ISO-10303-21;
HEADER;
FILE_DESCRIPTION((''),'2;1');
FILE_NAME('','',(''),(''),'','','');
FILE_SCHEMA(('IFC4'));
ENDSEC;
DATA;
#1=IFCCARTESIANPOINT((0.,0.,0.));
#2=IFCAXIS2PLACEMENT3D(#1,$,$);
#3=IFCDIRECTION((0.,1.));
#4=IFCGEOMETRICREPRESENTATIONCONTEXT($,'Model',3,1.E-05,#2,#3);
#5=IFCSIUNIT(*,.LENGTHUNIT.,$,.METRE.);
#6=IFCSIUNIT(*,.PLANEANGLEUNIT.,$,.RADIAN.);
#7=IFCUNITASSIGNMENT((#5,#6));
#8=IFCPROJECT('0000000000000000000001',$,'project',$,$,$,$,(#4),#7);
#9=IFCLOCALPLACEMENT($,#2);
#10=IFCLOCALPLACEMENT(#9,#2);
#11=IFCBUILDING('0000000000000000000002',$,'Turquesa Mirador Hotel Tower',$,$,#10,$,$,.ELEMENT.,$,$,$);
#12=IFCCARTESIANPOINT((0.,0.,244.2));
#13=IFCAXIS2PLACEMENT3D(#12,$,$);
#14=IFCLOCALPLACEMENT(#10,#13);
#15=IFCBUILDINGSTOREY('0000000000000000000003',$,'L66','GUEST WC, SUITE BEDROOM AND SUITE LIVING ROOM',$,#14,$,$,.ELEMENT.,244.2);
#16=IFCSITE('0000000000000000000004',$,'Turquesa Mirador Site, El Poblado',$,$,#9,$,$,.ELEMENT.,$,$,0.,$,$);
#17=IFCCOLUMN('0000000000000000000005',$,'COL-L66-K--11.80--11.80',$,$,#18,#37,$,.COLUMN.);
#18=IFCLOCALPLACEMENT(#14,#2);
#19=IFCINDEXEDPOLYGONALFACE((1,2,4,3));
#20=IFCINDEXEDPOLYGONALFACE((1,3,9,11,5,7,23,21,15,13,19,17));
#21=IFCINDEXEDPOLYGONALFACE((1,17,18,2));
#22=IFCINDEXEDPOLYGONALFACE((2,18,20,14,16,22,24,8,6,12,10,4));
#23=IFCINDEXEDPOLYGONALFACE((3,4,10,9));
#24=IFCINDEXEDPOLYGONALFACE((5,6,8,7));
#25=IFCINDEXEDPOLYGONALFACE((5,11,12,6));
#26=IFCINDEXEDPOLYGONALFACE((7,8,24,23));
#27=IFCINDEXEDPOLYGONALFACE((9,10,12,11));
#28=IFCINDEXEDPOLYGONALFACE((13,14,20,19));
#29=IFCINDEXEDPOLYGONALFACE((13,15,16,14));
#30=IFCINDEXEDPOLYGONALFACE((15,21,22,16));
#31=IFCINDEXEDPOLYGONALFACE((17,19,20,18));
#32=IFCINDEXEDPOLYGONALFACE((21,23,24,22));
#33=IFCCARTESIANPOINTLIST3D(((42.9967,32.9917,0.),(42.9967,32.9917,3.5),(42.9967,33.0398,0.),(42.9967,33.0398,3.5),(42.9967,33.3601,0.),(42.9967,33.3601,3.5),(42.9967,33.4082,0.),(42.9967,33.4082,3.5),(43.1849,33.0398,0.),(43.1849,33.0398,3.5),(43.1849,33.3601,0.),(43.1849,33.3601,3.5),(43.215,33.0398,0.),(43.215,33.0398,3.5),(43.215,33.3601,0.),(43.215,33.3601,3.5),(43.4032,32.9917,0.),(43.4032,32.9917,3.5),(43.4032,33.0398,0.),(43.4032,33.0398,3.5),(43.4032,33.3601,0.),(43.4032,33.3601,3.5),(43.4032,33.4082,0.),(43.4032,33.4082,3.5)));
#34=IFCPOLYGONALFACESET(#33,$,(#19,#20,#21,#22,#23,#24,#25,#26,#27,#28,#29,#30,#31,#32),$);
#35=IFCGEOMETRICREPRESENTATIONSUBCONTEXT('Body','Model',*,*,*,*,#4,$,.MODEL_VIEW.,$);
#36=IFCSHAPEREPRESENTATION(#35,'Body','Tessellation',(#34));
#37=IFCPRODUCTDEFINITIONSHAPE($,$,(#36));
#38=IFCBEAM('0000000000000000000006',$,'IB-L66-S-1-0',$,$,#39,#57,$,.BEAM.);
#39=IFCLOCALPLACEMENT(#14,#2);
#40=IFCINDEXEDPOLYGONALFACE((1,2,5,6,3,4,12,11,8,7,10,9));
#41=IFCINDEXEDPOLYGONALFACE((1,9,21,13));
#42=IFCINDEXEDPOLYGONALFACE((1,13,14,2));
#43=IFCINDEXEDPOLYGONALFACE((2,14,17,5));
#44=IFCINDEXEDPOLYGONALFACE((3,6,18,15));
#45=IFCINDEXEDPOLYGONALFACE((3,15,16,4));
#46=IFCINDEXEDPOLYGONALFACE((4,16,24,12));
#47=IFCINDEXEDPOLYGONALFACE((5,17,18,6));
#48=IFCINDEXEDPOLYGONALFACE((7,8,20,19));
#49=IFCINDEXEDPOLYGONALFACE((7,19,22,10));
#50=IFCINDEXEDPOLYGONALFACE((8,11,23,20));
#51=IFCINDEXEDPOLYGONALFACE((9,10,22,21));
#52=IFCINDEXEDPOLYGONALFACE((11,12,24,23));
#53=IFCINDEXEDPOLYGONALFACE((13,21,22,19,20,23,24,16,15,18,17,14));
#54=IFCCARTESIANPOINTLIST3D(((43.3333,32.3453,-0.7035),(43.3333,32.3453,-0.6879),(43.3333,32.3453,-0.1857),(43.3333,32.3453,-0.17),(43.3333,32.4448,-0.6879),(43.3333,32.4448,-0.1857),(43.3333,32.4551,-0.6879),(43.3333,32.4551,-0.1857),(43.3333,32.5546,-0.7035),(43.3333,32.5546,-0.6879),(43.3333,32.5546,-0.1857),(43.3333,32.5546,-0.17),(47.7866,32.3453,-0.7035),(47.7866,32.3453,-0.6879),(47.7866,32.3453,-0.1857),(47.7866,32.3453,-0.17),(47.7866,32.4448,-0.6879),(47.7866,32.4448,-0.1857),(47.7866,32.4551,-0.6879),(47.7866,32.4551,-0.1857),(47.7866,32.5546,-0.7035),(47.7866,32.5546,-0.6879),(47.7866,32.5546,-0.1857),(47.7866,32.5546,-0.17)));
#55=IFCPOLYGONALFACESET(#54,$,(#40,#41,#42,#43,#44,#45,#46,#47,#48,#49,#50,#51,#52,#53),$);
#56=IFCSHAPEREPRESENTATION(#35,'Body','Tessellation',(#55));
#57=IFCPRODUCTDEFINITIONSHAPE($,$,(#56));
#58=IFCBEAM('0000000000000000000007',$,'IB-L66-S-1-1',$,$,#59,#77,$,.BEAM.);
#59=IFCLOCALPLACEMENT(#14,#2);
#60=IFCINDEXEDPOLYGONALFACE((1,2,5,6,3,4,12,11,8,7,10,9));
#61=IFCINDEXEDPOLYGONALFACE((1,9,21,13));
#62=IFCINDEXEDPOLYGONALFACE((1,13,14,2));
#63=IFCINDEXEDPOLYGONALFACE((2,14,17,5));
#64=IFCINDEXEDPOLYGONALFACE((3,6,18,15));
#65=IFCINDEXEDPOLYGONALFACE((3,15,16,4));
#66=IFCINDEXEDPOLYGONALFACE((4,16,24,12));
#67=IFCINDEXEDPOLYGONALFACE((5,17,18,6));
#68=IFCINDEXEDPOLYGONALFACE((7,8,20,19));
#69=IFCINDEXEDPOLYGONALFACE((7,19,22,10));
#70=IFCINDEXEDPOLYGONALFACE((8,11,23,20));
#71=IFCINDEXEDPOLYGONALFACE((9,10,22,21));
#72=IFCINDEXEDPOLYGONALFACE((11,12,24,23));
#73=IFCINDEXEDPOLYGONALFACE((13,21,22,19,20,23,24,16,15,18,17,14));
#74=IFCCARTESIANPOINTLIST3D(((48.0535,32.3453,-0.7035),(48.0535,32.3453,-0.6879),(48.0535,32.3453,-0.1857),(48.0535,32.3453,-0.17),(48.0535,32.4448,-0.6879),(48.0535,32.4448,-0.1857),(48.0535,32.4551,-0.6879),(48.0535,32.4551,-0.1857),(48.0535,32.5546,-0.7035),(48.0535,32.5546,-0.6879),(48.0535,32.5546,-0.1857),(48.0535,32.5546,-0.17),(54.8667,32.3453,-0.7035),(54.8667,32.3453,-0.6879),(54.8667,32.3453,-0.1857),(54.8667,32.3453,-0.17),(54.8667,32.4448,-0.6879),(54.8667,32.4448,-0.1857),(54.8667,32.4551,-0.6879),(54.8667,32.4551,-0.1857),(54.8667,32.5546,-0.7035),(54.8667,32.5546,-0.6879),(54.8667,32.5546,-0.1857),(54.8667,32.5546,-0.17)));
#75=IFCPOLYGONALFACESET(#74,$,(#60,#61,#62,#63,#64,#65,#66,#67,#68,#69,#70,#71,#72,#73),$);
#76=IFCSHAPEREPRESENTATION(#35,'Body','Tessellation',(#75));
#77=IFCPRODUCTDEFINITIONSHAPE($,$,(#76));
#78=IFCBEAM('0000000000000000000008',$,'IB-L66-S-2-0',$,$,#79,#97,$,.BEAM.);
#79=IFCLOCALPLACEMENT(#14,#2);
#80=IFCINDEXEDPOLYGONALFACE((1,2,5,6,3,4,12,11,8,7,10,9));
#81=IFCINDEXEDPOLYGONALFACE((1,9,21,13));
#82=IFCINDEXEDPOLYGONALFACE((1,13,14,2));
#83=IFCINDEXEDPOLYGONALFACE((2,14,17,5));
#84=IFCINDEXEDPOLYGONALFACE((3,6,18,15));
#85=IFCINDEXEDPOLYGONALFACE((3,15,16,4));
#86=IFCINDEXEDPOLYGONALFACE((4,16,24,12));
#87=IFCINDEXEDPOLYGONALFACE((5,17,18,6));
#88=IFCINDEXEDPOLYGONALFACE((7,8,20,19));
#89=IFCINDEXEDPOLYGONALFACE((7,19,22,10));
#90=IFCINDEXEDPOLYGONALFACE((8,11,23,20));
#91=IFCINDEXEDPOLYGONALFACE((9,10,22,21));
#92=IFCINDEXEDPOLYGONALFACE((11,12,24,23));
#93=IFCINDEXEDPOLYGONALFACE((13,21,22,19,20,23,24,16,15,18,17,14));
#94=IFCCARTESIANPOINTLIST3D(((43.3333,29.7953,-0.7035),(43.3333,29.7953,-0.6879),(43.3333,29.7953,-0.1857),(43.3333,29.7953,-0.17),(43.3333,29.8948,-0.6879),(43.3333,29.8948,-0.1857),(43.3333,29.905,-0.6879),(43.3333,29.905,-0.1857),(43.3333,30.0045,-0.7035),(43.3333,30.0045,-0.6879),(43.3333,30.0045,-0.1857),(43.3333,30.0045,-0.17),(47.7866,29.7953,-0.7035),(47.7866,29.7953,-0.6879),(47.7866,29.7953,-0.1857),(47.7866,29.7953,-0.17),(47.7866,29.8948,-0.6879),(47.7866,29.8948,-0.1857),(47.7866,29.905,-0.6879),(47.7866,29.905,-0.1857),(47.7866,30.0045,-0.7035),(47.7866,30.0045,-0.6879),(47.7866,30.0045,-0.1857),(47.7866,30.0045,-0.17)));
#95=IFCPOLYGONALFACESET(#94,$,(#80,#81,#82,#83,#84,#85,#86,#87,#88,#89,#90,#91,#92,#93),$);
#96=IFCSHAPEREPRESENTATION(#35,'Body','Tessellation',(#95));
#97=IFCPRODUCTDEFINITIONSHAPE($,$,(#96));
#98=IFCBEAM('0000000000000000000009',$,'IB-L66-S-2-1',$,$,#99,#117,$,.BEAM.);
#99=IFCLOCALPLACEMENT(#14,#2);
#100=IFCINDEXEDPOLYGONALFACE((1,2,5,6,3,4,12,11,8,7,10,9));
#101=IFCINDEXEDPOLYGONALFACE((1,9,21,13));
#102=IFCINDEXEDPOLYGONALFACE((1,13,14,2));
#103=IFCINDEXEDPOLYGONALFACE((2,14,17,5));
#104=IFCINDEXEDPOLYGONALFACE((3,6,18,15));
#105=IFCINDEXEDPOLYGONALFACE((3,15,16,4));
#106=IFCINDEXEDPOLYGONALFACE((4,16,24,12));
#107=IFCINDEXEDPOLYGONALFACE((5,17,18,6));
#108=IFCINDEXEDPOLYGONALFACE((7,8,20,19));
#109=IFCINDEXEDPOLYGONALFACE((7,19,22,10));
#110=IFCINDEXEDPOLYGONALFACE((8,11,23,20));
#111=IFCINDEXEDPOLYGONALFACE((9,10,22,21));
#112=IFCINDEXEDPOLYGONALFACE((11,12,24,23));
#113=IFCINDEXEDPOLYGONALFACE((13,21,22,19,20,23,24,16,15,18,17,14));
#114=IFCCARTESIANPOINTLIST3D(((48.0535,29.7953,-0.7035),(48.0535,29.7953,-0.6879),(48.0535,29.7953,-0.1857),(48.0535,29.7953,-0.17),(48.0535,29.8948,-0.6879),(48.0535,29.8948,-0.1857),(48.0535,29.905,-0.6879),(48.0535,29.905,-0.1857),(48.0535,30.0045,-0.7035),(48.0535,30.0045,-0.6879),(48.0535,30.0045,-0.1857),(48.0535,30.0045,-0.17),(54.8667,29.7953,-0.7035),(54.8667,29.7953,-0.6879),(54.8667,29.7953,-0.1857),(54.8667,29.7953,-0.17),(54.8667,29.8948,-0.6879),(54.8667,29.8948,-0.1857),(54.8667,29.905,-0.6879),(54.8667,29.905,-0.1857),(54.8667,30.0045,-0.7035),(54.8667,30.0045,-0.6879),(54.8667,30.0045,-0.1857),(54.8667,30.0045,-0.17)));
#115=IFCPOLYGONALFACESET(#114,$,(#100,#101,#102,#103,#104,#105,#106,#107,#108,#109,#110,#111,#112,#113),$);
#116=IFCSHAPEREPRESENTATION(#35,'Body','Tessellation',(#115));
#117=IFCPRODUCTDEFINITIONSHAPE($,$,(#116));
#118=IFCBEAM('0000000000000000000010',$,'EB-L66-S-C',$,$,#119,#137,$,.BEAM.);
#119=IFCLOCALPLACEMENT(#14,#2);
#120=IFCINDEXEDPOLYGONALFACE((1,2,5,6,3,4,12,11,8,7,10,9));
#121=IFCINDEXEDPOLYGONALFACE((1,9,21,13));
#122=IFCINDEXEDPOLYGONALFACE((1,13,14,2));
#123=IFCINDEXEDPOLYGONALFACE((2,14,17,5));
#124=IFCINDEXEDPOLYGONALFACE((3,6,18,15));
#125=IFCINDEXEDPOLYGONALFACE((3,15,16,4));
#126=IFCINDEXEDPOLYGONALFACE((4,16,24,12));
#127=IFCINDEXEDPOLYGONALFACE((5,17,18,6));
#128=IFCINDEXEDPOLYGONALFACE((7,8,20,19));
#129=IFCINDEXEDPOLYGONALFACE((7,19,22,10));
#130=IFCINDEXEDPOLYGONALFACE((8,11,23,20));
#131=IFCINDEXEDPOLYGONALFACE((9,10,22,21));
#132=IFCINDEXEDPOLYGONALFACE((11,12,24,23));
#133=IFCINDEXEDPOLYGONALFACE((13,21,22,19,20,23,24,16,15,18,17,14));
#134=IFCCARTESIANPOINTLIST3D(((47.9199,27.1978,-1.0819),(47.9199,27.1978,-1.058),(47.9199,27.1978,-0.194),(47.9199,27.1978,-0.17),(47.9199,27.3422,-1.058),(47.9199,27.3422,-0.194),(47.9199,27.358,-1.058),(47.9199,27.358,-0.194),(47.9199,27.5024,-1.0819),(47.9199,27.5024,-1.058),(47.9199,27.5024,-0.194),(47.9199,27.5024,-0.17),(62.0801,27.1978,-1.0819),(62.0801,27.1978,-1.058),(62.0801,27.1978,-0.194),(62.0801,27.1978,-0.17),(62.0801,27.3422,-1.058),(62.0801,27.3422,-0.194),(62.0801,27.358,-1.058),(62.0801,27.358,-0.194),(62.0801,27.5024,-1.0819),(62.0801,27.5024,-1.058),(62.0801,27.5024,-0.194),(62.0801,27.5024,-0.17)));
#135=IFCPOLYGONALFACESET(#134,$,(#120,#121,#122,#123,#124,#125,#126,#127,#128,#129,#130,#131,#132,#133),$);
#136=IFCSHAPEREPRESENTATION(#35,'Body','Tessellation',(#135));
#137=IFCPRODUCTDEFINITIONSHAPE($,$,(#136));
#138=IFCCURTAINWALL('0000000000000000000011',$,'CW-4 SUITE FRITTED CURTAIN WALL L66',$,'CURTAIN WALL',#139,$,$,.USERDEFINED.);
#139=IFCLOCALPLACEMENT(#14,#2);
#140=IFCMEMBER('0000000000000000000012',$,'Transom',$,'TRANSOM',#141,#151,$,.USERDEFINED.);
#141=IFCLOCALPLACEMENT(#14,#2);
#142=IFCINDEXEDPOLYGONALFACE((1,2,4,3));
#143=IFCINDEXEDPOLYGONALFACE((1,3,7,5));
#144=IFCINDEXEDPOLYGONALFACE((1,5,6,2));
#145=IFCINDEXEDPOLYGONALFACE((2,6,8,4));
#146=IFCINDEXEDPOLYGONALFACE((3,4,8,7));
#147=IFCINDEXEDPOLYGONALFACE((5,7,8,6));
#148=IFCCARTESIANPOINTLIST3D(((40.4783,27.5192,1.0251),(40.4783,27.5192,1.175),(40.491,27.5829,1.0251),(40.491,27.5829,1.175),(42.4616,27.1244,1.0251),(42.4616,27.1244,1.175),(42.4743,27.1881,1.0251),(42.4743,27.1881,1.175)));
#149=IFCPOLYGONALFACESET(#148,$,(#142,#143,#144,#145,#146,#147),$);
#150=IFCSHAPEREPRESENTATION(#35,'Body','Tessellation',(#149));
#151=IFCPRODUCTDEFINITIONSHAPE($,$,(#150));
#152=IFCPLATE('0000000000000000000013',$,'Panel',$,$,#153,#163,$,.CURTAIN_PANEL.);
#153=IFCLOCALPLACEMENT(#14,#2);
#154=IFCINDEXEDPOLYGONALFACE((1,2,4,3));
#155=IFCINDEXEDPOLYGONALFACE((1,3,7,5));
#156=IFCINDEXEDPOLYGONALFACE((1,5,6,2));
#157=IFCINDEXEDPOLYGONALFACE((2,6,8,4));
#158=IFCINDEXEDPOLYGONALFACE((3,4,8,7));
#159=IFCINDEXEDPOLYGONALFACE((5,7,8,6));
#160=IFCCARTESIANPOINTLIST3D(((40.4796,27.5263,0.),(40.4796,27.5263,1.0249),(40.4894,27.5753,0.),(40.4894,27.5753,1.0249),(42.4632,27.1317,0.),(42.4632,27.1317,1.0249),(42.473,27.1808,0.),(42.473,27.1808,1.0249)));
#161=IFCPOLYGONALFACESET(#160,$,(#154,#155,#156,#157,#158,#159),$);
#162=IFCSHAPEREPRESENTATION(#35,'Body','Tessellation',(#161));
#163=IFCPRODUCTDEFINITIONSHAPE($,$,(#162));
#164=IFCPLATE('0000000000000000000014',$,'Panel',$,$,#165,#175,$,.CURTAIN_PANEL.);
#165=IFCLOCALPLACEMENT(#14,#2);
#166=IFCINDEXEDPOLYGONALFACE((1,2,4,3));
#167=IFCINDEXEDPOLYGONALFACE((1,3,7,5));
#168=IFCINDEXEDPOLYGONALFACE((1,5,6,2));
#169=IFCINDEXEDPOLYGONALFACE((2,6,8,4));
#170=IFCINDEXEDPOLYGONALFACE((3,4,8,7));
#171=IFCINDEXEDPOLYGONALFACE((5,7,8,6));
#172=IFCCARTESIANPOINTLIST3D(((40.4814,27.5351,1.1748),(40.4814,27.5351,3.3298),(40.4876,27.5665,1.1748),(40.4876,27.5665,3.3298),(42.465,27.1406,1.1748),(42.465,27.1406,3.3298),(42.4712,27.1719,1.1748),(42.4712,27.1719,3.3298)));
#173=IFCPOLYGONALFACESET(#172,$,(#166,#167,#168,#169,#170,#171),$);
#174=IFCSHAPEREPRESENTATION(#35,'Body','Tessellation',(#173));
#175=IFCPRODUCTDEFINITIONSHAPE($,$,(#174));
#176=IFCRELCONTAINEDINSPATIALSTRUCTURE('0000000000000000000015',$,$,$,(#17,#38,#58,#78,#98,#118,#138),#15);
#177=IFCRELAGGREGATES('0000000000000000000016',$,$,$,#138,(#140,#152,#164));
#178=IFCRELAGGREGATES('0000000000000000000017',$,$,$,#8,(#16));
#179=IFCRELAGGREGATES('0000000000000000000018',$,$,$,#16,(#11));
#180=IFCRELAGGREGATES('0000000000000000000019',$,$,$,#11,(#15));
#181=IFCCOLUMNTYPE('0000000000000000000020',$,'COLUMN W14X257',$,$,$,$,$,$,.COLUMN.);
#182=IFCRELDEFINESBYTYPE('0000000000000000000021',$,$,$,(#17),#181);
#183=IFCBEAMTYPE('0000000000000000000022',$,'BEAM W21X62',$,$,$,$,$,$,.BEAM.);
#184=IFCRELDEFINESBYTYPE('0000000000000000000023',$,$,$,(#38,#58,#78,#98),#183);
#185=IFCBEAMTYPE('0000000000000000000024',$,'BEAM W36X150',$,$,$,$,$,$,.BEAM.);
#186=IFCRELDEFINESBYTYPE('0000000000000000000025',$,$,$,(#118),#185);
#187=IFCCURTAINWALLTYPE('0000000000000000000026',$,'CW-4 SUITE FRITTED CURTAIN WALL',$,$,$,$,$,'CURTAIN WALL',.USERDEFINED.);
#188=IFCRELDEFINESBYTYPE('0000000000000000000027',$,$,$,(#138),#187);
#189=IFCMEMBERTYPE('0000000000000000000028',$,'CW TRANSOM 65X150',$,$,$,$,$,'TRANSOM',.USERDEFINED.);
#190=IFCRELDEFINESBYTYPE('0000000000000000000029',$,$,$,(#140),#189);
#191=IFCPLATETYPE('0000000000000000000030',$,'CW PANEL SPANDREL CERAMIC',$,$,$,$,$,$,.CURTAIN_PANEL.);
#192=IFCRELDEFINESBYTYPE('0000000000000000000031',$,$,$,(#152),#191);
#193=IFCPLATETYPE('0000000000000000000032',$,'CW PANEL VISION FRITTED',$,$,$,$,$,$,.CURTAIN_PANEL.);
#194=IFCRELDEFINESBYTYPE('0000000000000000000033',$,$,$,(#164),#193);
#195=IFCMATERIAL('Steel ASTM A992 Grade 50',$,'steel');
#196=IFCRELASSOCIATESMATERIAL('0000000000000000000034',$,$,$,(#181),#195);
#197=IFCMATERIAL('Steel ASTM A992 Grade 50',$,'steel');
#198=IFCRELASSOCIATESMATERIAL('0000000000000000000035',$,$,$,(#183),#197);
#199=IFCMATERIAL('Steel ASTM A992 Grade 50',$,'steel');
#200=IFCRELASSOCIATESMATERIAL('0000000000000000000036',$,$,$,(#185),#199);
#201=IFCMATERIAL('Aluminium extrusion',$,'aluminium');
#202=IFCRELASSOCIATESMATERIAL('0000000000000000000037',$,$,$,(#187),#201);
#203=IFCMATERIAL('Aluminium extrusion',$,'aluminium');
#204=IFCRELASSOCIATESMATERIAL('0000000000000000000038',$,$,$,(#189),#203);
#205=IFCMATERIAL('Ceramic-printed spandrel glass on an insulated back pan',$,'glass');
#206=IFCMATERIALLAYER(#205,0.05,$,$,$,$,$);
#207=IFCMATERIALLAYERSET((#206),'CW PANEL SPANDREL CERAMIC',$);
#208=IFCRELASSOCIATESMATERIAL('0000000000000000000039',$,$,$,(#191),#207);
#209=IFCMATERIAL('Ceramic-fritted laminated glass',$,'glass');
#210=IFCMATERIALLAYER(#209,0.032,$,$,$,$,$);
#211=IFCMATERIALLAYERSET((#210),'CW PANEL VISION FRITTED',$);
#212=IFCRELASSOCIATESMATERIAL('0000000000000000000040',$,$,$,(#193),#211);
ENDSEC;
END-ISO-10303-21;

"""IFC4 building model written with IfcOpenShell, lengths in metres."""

from ifc_helpers import new_model, si_unit, direction, frame, origin, origin_2d, place, context, subcontext, project, spatial, rectangle, i_section, extrude, material, layer, layer_set, material_profile, profile_set, type_object, element, aggregate, save


model = new_model("IFC4")

# Units and contexts
model_context = context("Model", 3, precision=1e-05, world=origin(), true_north=direction((0.0, 1.0)))
body_context = subcontext(model_context, "Body", "Model", "MODEL_VIEW")
ifc_project = project(units=[si_unit("LENGTHUNIT", "METRE"), si_unit("PLANEANGLEUNIT", "RADIAN")], contexts=[model_context])

# Site, building, storey
site_placement = place(None, origin())
site = spatial("IfcSite", under=ifc_project, at=site_placement, Name="Turquesa Mirador Site, El Poblado", CompositionType="ELEMENT", RefElevation=0.0)
building_placement = place(site_placement, origin())
building = spatial("IfcBuilding", under=site, at=building_placement, Name="Turquesa Mirador Hotel Tower", CompositionType="ELEMENT")
storey_placement = place(building_placement, frame((0.0, 0.0, 244.2)))
storey = spatial("IfcBuildingStorey", under=building, at=storey_placement, Name="L66", Description="GUEST WC, SUITE BEDROOM AND SUITE LIVING ROOM", CompositionType="ELEMENT", Elevation=244.2)

# Column
ifc_material_1 = material(Name="Steel ASTM A992 Grade 50", Category="steel")
ifc_material_profile_1 = material_profile(ifc_material_1, i_section(OverallWidth=0.4065, OverallDepth=0.4165, WebThickness=0.03, FlangeThickness=0.0481, at=origin_2d()), Name="W14X257")
ifc_profile_set_1 = profile_set([ifc_material_profile_1], Name="Steel ASTM A992 Grade 50")
column_type = type_object("IfcColumnType", Name="COLUMN W14X257", PredefinedType="COLUMN", material=ifc_profile_set_1)
column_placement = place(storey_placement, frame((43.2, 33.2, 0.0), z_axis=(0.0, 0.0, 1.0), x_axis=(1.0, 0.0, 0.0)))
element("IfcColumn", 1, at=column_placement, inside=storey, type_object=column_type, Name="COL-L66-K--11.80--11.80", PredefinedType="COLUMN", context=body_context, shape_type="SweptSolid", body=[
    extrude(i_section(OverallWidth=0.4065, OverallDepth=0.4165, WebThickness=0.03, FlangeThickness=0.0481, at=origin_2d()), origin(), (0.0, 0.0, 1.0), 3.5),
])

# Beams
ifc_material_2 = material(Name="Steel ASTM A992 Grade 50", Category="steel")
ifc_material_profile_2 = material_profile(ifc_material_2, i_section(OverallWidth=0.2092, OverallDepth=0.5334, WebThickness=0.0103, FlangeThickness=0.0156, at=origin_2d()), Name="W21X62")
ifc_profile_set_2 = profile_set([ifc_material_profile_2], Name="Steel ASTM A992 Grade 50")
beam_type_1 = type_object("IfcBeamType", Name="BEAM W21X62", PredefinedType="BEAM", material=ifc_profile_set_2)
beam_1_placement = place(storey_placement, frame((43.3333, 32.45, -0.4368), z_axis=(1.0, 0.0, 0.0), x_axis=(0.0, 1.0, 0.0)))
element("IfcBeam", 2, at=beam_1_placement, inside=storey, type_object=beam_type_1, Name="IB-L66-S-1-0", PredefinedType="BEAM", context=body_context, shape_type="SweptSolid", body=[
    extrude(i_section(OverallWidth=0.2092, OverallDepth=0.5334, WebThickness=0.0103, FlangeThickness=0.0156, at=origin_2d()), origin(), (0.0, 0.0, 1.0), 4.4534),
])
beam_2_placement = place(storey_placement, frame((48.0535, 32.45, -0.4368), z_axis=(1.0, 0.0, 0.0), x_axis=(0.0, 1.0, 0.0)))
element("IfcBeam", 3, at=beam_2_placement, inside=storey, type_object=beam_type_1, Name="IB-L66-S-1-1", PredefinedType="BEAM", context=body_context, shape_type="SweptSolid", body=[
    extrude(i_section(OverallWidth=0.2092, OverallDepth=0.5334, WebThickness=0.0103, FlangeThickness=0.0156, at=origin_2d()), origin(), (0.0, 0.0, 1.0), 6.8132),
])
beam_3_placement = place(storey_placement, frame((43.3333, 29.8999, -0.4368), z_axis=(1.0, 0.0, 0.0), x_axis=(0.0, 1.0, 0.0)))
element("IfcBeam", 4, at=beam_3_placement, inside=storey, type_object=beam_type_1, Name="IB-L66-S-2-0", PredefinedType="BEAM", context=body_context, shape_type="SweptSolid", body=[
    extrude(i_section(OverallWidth=0.2092, OverallDepth=0.5334, WebThickness=0.0103, FlangeThickness=0.0156, at=origin_2d()), origin(), (0.0, 0.0, 1.0), 4.4534),
])
beam_4_placement = place(storey_placement, frame((48.0535, 29.8999, -0.4368), z_axis=(1.0, 0.0, 0.0), x_axis=(0.0, 1.0, 0.0)))
element("IfcBeam", 5, at=beam_4_placement, inside=storey, type_object=beam_type_1, Name="IB-L66-S-2-1", PredefinedType="BEAM", context=body_context, shape_type="SweptSolid", body=[
    extrude(i_section(OverallWidth=0.2092, OverallDepth=0.5334, WebThickness=0.0103, FlangeThickness=0.0156, at=origin_2d()), origin(), (0.0, 0.0, 1.0), 6.8132),
])
ifc_material_3 = material(Name="Steel ASTM A992 Grade 50", Category="steel")
ifc_material_profile_3 = material_profile(ifc_material_3, i_section(OverallWidth=0.3047, OverallDepth=0.9119, WebThickness=0.0159, FlangeThickness=0.0239, at=origin_2d()), Name="W36X150")
ifc_profile_set_3 = profile_set([ifc_material_profile_3], Name="Steel ASTM A992 Grade 50")
beam_type_2 = type_object("IfcBeamType", Name="BEAM W36X150", PredefinedType="BEAM", material=ifc_profile_set_3)
beam_5_placement = place(storey_placement, frame((47.9199, 27.3501, -0.626), z_axis=(1.0, 0.0, 0.0), x_axis=(0.0, 1.0, 0.0)))
element("IfcBeam", 6, at=beam_5_placement, inside=storey, type_object=beam_type_2, Name="EB-L66-S-C", PredefinedType="BEAM", context=body_context, shape_type="SweptSolid", body=[
    extrude(i_section(OverallWidth=0.3047, OverallDepth=0.9119, WebThickness=0.0159, FlangeThickness=0.0239, at=origin_2d()), origin(), (0.0, 0.0, 1.0), 14.1602),
])

# Curtain wall, member, plates
ifc_material_4 = material(Name="Aluminium extrusion", Category="aluminium")
curtain_wall_type = type_object("IfcCurtainWallType", Name="CW-4 SUITE FRITTED CURTAIN WALL", ElementType="CURTAIN WALL", PredefinedType="USERDEFINED", material=ifc_material_4)
curtain_wall_placement = place(storey_placement, origin())
curtain_wall = element("IfcCurtainWall", 7, at=curtain_wall_placement, inside=storey, type_object=curtain_wall_type, Name="CW-4 SUITE FRITTED CURTAIN WALL L66", ObjectType="CURTAIN WALL", PredefinedType="USERDEFINED")
ifc_material_5 = material(Name="Aluminium extrusion", Category="aluminium")
ifc_material_profile_4 = material_profile(ifc_material_5, rectangle(XDim=0.0649, YDim=0.1499, at=origin_2d()), Name="TRANSOM 65X150")
ifc_profile_set_4 = profile_set([ifc_material_profile_4], Name="Aluminium extrusion")
member_type = type_object("IfcMemberType", Name="CW TRANSOM 65X150", ElementType="TRANSOM", PredefinedType="USERDEFINED", material=ifc_profile_set_4)
member_placement = place(storey_placement, frame((40.4846, 27.551, 1.1001), z_axis=(0.980761, -0.195211, 0.0), x_axis=(0.195211, 0.980761, 0.0)))
member = element("IfcMember", 8, at=member_placement, type_object=member_type, Name="Transom", ObjectType="TRANSOM", PredefinedType="USERDEFINED", context=body_context, shape_type="SweptSolid", body=[
    extrude(rectangle(XDim=0.0649, YDim=0.1499, at=origin_2d()), origin(), (0.0, 0.0, 1.0), 2.0222),
])
ifc_material_6 = material(Name="Ceramic-printed spandrel glass on an insulated back pan", Category="glass")
ifc_layer_1 = layer(ifc_material_6, 0.05)
ifc_layer_set_1 = layer_set([ifc_layer_1], Name="CW PANEL SPANDREL CERAMIC")
plate_type_1 = type_object("IfcPlateType", Name="CW PANEL SPANDREL CERAMIC", PredefinedType="CURTAIN_PANEL", material=ifc_layer_set_1)
plate_1_placement = place(storey_placement, frame((41.4763, 27.3535, 0.0), z_axis=(0.0, 0.0, 1.0), x_axis=(0.980785, -0.195091, 0.0)))
plate_1 = element("IfcPlate", 9, at=plate_1_placement, type_object=plate_type_1, Name="Panel", PredefinedType="CURTAIN_PANEL", context=body_context, shape_type="SweptSolid", body=[
    extrude(rectangle(XDim=2.0225, YDim=0.05, at=origin_2d()), origin(), (0.0, 0.0, 1.0), 1.0249),
])
ifc_material_7 = material(Name="Ceramic-fritted laminated glass", Category="glass")
ifc_layer_2 = layer(ifc_material_7, 0.032)
ifc_layer_set_2 = layer_set([ifc_layer_2], Name="CW PANEL VISION FRITTED")
plate_type_2 = type_object("IfcPlateType", Name="CW PANEL VISION FRITTED", PredefinedType="CURTAIN_PANEL", material=ifc_layer_set_2)
plate_2_placement = place(storey_placement, frame((41.4763, 27.3535, 1.1748), z_axis=(0.0, 0.0, 1.0), x_axis=(0.980785, -0.195091, 0.0)))
plate_2 = element("IfcPlate", 10, at=plate_2_placement, type_object=plate_type_2, Name="Panel", PredefinedType="CURTAIN_PANEL", context=body_context, shape_type="SweptSolid", body=[
    extrude(rectangle(XDim=2.0225, YDim=0.032, at=origin_2d()), origin(), (0.0, 0.0, 1.0), 2.155),
])
aggregate(curtain_wall, [member, plate_1, plate_2])

save(model, "model.ifc")
